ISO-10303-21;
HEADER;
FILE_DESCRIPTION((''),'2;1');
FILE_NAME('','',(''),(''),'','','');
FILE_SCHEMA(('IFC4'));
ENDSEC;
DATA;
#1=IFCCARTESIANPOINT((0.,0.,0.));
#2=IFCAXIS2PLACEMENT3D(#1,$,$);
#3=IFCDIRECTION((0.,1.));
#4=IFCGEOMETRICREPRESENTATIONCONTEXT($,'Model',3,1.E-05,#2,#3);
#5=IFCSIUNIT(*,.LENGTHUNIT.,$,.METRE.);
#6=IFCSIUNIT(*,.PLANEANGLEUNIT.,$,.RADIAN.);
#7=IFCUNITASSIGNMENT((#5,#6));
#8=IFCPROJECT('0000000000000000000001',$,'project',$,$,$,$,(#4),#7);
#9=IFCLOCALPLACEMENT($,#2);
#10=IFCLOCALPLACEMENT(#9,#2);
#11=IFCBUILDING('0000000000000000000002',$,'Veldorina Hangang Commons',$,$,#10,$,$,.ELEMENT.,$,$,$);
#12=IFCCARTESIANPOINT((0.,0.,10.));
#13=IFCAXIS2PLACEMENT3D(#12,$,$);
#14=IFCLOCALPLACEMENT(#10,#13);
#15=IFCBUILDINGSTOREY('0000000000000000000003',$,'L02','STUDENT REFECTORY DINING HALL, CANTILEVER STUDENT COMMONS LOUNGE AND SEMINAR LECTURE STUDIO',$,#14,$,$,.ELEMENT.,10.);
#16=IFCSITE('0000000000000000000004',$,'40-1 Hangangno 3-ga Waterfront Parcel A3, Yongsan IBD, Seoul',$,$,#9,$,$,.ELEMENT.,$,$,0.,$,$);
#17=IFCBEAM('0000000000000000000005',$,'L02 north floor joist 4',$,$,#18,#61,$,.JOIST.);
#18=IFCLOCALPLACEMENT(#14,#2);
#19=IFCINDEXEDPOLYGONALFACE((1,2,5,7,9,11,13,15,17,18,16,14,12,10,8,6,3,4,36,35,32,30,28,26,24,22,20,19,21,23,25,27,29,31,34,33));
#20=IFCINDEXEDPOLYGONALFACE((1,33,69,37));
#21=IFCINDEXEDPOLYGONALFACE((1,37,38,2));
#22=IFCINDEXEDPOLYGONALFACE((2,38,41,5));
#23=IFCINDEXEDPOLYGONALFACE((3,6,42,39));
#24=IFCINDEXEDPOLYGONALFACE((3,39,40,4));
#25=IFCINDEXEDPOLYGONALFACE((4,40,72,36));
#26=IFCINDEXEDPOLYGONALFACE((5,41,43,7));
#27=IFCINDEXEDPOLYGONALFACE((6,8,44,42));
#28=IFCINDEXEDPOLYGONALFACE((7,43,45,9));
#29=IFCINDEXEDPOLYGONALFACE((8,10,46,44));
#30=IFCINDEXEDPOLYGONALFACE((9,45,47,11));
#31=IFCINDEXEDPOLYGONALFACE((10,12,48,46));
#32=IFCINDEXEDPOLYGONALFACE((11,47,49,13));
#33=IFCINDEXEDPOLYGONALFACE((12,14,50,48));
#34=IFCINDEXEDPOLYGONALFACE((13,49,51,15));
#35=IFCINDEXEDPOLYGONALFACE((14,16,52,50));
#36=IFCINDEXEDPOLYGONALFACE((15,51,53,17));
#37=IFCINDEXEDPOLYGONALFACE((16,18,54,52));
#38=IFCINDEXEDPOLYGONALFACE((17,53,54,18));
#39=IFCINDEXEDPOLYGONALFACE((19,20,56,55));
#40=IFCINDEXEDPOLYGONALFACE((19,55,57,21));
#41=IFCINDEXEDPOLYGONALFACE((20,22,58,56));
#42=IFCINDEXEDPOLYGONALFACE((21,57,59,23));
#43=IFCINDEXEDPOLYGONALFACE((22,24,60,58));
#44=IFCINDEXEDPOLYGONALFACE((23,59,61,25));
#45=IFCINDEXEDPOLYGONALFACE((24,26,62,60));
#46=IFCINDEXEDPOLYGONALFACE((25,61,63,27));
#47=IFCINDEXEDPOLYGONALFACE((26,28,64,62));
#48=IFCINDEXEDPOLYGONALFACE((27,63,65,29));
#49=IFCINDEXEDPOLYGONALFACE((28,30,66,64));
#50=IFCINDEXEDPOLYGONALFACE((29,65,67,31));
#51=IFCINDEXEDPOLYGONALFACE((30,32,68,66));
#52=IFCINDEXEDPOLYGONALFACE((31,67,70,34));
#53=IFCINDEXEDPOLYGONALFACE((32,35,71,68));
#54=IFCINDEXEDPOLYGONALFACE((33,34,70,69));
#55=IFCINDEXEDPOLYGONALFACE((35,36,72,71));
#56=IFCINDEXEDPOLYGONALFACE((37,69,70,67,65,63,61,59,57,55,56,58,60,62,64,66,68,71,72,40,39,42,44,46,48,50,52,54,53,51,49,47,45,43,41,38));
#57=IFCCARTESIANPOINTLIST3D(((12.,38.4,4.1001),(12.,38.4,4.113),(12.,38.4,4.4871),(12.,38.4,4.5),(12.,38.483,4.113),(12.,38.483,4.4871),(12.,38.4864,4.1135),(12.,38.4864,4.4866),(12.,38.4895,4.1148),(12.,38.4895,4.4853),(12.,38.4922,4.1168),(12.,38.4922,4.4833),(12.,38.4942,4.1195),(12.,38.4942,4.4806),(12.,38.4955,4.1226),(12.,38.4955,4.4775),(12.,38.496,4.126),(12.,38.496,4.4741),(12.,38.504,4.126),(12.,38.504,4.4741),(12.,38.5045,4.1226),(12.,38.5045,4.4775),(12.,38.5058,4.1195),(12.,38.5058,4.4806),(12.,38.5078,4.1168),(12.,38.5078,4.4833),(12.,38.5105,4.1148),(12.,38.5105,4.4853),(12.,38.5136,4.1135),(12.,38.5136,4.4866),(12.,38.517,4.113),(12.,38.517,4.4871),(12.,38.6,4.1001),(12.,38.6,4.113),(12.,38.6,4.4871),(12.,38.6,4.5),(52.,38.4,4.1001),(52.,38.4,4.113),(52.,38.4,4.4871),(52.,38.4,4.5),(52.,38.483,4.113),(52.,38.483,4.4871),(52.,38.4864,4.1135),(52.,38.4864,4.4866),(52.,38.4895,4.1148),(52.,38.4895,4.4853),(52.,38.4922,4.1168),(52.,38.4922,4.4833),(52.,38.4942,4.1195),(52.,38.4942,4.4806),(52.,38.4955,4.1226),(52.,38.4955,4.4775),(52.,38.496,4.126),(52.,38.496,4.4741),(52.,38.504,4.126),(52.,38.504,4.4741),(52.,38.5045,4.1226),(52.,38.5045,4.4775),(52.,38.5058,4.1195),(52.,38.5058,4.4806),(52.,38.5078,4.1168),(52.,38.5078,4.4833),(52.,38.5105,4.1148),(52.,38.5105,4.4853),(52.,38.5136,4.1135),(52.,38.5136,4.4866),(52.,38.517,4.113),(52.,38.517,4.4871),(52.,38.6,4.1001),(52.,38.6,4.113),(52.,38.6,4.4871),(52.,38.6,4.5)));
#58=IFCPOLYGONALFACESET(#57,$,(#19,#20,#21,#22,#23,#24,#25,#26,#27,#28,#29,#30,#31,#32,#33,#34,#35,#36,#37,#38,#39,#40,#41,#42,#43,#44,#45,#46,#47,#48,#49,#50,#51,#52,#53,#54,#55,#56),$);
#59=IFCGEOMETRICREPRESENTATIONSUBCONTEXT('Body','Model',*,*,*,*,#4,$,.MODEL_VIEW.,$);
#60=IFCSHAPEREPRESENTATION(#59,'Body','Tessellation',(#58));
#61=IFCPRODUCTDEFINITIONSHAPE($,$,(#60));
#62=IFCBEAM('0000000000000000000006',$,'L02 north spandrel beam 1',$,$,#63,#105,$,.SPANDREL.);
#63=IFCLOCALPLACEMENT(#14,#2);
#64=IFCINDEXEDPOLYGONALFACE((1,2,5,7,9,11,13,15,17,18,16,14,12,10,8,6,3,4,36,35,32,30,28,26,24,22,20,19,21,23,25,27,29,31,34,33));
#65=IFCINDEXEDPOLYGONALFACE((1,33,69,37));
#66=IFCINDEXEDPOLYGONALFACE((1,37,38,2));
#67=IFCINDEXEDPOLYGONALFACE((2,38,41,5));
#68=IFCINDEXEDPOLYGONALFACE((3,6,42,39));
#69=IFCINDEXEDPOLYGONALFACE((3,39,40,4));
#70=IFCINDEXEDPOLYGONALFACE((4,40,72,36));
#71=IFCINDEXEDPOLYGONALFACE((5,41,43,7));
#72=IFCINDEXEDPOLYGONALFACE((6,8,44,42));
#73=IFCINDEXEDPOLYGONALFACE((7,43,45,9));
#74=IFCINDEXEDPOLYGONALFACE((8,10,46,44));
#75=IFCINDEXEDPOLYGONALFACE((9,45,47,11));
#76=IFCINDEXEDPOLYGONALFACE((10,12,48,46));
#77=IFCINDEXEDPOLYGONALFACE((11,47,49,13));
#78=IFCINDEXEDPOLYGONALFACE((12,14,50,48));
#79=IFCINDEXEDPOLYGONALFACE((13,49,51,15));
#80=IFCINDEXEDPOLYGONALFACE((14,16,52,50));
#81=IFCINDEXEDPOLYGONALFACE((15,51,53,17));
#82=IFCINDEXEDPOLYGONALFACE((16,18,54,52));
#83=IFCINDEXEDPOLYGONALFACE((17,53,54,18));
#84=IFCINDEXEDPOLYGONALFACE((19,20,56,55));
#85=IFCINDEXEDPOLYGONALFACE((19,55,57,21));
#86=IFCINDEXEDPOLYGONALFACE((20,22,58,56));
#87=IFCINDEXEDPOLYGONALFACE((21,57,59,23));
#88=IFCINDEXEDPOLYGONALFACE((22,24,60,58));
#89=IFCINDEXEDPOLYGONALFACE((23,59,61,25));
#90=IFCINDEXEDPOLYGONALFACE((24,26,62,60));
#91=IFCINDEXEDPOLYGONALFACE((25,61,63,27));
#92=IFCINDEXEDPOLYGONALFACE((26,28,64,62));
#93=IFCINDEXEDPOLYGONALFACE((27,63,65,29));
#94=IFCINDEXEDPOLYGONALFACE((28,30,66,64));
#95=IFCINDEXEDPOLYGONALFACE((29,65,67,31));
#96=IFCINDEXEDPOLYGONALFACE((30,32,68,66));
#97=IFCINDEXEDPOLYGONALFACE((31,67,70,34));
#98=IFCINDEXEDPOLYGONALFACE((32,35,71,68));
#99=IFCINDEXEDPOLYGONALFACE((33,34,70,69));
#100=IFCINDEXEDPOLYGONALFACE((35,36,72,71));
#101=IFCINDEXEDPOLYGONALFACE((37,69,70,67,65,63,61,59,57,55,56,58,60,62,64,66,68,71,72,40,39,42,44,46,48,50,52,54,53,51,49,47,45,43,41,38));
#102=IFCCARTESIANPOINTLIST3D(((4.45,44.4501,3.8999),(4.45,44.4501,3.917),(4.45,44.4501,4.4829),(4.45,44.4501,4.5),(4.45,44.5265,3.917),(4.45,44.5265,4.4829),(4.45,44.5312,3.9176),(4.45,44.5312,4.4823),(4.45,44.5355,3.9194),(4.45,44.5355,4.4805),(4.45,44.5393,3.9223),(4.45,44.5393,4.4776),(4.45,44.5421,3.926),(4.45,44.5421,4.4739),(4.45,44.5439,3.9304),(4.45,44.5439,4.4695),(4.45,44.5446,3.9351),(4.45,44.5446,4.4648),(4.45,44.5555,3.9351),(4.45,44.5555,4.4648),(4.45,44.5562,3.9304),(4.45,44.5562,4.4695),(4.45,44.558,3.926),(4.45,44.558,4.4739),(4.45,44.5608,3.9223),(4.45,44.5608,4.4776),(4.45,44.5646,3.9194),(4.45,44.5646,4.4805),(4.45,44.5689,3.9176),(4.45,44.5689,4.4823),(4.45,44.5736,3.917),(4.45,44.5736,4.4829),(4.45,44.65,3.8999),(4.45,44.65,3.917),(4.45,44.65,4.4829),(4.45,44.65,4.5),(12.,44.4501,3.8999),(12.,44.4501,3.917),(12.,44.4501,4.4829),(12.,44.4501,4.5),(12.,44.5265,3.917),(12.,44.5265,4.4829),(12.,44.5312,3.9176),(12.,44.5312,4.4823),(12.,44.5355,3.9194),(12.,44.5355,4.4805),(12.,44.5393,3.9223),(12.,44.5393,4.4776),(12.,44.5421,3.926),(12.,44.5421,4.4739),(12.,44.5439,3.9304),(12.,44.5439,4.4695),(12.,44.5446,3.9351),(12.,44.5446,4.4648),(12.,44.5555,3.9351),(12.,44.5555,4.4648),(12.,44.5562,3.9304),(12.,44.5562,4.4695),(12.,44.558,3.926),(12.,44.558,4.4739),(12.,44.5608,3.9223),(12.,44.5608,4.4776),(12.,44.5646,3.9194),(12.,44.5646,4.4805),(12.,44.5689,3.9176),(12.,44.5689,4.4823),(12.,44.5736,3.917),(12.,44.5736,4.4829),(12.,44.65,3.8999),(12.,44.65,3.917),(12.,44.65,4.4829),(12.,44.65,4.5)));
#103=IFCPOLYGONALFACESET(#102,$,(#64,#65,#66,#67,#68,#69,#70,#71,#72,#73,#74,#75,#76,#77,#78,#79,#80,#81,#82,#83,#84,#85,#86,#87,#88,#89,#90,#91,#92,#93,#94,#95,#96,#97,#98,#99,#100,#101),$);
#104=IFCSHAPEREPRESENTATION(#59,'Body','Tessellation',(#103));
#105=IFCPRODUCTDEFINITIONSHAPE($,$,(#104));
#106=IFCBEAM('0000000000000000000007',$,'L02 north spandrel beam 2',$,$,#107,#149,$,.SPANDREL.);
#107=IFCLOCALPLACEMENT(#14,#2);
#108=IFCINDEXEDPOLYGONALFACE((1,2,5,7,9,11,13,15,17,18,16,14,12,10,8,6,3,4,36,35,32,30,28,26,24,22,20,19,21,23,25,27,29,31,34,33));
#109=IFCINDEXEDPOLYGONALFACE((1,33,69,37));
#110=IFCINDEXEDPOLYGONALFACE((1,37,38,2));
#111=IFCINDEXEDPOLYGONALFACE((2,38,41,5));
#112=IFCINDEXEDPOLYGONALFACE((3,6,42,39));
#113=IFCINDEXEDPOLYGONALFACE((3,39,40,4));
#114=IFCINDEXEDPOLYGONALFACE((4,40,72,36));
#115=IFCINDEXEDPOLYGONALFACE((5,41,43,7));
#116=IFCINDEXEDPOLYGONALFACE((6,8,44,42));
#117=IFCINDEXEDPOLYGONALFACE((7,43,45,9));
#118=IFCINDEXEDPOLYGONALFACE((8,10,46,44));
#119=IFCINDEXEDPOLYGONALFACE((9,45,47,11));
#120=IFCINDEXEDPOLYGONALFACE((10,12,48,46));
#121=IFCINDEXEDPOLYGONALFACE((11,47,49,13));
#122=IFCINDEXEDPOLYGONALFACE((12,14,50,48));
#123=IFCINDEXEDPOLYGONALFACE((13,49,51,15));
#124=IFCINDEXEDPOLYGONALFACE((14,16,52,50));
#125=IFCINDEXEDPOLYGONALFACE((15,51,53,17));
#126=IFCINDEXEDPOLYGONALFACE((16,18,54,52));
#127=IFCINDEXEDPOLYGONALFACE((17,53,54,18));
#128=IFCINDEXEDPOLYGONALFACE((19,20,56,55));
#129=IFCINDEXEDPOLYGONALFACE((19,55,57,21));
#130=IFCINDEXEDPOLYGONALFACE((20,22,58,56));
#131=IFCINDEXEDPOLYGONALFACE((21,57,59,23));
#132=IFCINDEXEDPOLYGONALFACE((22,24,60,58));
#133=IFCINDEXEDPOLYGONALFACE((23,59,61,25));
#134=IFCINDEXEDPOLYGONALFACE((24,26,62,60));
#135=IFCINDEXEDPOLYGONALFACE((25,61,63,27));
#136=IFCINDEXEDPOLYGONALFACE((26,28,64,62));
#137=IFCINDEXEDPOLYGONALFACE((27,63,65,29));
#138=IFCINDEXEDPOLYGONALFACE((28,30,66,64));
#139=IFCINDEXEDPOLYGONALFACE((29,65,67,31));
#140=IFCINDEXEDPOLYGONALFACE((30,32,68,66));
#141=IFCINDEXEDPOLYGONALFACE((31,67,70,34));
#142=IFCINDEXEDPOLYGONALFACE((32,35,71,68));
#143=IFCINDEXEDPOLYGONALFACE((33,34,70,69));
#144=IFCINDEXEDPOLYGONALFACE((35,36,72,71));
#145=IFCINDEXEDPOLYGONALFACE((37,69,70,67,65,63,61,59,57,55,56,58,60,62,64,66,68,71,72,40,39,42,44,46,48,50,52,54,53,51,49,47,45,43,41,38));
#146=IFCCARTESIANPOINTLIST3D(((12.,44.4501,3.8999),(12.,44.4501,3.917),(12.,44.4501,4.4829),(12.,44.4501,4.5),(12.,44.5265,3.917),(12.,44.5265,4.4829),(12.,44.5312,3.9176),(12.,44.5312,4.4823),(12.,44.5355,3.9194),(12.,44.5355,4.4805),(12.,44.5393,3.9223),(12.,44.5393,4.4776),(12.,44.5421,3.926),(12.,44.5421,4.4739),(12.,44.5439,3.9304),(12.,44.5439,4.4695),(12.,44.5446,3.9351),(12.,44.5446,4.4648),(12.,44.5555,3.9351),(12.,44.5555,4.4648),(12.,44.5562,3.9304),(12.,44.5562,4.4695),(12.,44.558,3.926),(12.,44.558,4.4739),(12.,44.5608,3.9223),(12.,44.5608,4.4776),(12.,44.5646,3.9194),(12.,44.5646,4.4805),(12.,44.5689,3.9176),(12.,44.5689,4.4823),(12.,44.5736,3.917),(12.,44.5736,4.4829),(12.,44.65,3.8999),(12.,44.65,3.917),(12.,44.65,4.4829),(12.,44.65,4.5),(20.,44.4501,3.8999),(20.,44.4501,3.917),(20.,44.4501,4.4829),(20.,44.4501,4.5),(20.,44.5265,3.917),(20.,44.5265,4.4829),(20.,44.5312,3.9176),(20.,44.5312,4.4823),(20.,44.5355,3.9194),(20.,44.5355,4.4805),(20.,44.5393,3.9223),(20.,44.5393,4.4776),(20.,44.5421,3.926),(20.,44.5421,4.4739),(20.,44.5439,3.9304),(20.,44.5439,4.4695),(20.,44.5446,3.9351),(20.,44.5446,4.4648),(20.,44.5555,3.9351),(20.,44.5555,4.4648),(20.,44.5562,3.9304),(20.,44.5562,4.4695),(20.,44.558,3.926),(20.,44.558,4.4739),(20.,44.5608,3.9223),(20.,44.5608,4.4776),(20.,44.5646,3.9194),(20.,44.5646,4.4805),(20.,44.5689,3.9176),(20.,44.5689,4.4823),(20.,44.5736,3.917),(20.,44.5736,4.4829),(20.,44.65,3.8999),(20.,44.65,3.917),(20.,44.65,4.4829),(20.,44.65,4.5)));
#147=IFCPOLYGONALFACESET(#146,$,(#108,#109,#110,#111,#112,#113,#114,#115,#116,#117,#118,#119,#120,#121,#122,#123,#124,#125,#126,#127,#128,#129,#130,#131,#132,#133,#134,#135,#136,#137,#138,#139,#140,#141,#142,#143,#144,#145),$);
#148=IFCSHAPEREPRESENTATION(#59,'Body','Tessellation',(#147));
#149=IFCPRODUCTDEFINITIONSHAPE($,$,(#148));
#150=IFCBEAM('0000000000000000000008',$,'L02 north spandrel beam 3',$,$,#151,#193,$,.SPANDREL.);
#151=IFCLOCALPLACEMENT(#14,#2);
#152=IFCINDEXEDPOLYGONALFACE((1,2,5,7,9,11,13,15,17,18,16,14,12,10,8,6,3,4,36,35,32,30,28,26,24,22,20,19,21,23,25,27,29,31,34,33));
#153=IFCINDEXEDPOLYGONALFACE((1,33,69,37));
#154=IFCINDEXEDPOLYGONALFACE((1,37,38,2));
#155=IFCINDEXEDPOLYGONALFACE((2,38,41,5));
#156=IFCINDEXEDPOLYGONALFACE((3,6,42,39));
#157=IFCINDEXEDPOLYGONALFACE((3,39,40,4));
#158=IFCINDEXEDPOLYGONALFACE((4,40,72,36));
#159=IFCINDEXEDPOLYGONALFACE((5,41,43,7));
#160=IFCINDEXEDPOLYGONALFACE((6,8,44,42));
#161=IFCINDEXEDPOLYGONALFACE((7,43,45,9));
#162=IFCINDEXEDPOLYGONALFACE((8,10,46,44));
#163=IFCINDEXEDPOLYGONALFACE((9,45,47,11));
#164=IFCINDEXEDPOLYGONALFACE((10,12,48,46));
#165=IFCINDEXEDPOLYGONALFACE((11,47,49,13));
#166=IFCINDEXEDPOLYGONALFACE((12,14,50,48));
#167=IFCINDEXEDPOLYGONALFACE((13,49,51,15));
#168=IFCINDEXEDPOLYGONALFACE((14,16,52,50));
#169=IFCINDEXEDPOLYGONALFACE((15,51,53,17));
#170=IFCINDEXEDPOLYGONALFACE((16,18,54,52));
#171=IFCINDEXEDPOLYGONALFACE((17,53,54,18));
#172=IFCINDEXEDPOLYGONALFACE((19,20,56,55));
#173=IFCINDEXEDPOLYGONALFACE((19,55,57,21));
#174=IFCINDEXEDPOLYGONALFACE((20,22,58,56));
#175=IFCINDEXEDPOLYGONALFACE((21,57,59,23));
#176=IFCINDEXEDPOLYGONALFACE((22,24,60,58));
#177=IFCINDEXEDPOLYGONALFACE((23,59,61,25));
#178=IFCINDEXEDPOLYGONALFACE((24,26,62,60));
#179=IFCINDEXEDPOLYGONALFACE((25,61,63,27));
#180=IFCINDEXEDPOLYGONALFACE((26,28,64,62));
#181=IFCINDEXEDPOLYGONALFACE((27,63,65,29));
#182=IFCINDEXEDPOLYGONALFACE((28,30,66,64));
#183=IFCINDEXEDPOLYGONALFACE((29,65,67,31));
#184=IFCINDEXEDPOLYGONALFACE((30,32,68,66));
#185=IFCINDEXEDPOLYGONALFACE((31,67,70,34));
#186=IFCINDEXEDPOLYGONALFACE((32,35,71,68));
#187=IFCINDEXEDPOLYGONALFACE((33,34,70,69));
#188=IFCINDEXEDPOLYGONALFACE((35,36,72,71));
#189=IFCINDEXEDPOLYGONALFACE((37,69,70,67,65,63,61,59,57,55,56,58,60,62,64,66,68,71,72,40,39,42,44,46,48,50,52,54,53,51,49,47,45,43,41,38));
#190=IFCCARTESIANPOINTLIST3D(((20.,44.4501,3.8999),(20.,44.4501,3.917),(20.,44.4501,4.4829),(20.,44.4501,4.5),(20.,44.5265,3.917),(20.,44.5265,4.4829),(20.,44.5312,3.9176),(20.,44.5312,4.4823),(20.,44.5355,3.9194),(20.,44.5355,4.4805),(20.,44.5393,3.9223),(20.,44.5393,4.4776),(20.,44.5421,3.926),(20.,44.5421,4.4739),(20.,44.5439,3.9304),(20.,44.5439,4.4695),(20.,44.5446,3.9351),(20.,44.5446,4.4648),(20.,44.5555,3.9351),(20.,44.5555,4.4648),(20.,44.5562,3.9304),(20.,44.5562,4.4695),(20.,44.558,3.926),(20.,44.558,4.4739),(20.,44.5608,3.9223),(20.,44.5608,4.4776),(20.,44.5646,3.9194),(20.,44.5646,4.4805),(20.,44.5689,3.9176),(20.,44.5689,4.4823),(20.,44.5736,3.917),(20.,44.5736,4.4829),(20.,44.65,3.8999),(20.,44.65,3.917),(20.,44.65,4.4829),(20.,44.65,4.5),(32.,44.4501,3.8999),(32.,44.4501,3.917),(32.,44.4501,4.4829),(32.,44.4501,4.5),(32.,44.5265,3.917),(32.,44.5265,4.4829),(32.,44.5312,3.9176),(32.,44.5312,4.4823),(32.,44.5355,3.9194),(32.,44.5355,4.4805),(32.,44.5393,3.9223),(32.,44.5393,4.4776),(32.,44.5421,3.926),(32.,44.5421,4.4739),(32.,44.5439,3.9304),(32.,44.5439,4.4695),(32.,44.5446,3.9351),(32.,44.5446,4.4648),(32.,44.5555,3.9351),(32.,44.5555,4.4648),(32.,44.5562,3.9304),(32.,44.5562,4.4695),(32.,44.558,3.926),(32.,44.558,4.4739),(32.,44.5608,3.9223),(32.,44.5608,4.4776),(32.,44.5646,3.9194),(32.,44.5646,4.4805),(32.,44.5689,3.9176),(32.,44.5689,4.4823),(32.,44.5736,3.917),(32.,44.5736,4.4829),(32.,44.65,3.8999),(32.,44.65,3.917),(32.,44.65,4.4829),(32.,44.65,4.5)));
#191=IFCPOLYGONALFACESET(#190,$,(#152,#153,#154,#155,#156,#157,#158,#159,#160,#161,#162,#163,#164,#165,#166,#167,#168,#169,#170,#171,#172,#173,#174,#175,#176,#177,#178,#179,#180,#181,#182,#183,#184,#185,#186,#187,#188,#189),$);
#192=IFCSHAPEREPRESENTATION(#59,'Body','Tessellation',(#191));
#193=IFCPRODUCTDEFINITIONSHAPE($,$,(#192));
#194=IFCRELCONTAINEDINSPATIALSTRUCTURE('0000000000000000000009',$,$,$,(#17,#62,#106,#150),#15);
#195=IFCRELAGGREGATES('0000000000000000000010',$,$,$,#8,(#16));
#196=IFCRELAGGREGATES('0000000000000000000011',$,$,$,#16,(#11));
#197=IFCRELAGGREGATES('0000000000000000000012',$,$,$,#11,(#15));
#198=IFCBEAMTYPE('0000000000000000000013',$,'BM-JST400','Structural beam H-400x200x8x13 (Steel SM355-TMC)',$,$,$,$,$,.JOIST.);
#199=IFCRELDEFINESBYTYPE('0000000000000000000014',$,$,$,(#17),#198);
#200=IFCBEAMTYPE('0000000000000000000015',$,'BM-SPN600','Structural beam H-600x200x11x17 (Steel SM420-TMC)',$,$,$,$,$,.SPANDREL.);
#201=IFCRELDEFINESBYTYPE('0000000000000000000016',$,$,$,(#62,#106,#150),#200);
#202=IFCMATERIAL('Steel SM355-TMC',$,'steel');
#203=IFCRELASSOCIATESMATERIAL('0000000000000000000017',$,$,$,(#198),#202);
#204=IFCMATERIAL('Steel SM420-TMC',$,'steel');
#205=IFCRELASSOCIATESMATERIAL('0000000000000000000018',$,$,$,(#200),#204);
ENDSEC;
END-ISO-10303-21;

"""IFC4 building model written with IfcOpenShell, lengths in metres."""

from ifc_helpers import new_model, si_unit, direction, frame, origin, origin_2d, place, context, subcontext, project, spatial, i_section, extrude, material, material_profile, profile_set, type_object, element, save


model = new_model("IFC4")

# Units and contexts
model_context = context("Model", 3, precision=1e-05, world=origin(), true_north=direction((0.0, 1.0)))
body_context = subcontext(model_context, "Body", "Model", "MODEL_VIEW")
ifc_project = project(units=[si_unit("LENGTHUNIT", "METRE"), si_unit("PLANEANGLEUNIT", "RADIAN")], contexts=[model_context])

# Site, building, storey
site_placement = place(None, origin())
site = spatial("IfcSite", under=ifc_project, at=site_placement, Name="40-1 Hangangno 3-ga Waterfront Parcel A3, Yongsan IBD, Seoul", CompositionType="ELEMENT", RefElevation=0.0)
building_placement = place(site_placement, origin())
building = spatial("IfcBuilding", under=site, at=building_placement, Name="Veldorina Hangang Commons", CompositionType="ELEMENT")
storey_placement = place(building_placement, frame((0.0, 0.0, 10.0)))
storey = spatial("IfcBuildingStorey", under=building, at=storey_placement, Name="L02", Description="STUDENT REFECTORY DINING HALL, CANTILEVER STUDENT COMMONS LOUNGE AND SEMINAR LECTURE STUDIO", CompositionType="ELEMENT", Elevation=10.0)

# Shared definitions
ifc_material_1 = material(Name="Steel SM420-TMC", Category="steel")
ifc_material_2 = material(Name="Steel SM355-TMC", Category="steel")

# Beams
ifc_material_profile_1 = material_profile(ifc_material_2, i_section(OverallWidth=0.2, OverallDepth=0.3999, WebThickness=0.0081, FlangeThickness=0.0129, FilletRadius=0.0129, at=origin_2d()), Name="H-400x200x8x13")
ifc_profile_set_1 = profile_set([ifc_material_profile_1], Name="Steel SM355-TMC")
beam_type_1 = type_object("IfcBeamType", Name="BM-JST400", Description="Structural beam H-400x200x8x13 (Steel SM355-TMC)", PredefinedType="JOIST", material=ifc_profile_set_1)
beam_1_placement = place(storey_placement, frame((12.0, 38.5, 4.3), z_axis=(1.0, 0.0, 0.0), x_axis=(0.0, 1.0, 0.0)))
element("IfcBeam", 1, at=beam_1_placement, inside=storey, type_object=beam_type_1, Name="L02 north floor joist 4", PredefinedType="JOIST", context=body_context, shape_type="SweptSolid", body=[
    extrude(i_section(OverallWidth=0.2, OverallDepth=0.3999, WebThickness=0.0081, FlangeThickness=0.0129, FilletRadius=0.0129, at=origin_2d()), origin(), (0.0, 0.0, 1.0), 40.0),
])
ifc_material_profile_2 = material_profile(ifc_material_1, i_section(OverallWidth=0.2, OverallDepth=0.6001, WebThickness=0.011, FlangeThickness=0.0171, FilletRadius=0.0181, at=origin_2d()), Name="H-600x200x11x17")
ifc_profile_set_2 = profile_set([ifc_material_profile_2], Name="Steel SM420-TMC")
beam_type_2 = type_object("IfcBeamType", Name="BM-SPN600", Description="Structural beam H-600x200x11x17 (Steel SM420-TMC)", PredefinedType="SPANDREL", material=ifc_profile_set_2)
beam_2_placement = place(storey_placement, frame((4.45, 44.55, 4.2), z_axis=(1.0, 0.0, 0.0), x_axis=(0.0, 1.0, 0.0)))
element("IfcBeam", 2, at=beam_2_placement, inside=storey, type_object=beam_type_2, Name="L02 north spandrel beam 1", PredefinedType="SPANDREL", context=body_context, shape_type="SweptSolid", body=[
    extrude(i_section(OverallWidth=0.2, OverallDepth=0.6001, WebThickness=0.011, FlangeThickness=0.0171, FilletRadius=0.0181, at=origin_2d()), origin(), (0.0, 0.0, 1.0), 7.55),
])
beam_3_placement = place(storey_placement, frame((12.0, 44.55, 4.2), z_axis=(1.0, 0.0, 0.0), x_axis=(0.0, 1.0, 0.0)))
element("IfcBeam", 3, at=beam_3_placement, inside=storey, type_object=beam_type_2, Name="L02 north spandrel beam 2", PredefinedType="SPANDREL", context=body_context, shape_type="SweptSolid", body=[
    extrude(i_section(OverallWidth=0.2, OverallDepth=0.6001, WebThickness=0.011, FlangeThickness=0.0171, FilletRadius=0.0181, at=origin_2d()), origin(), (0.0, 0.0, 1.0), 8.0),
])
beam_4_placement = place(storey_placement, frame((20.0, 44.55, 4.2), z_axis=(1.0, 0.0, 0.0), x_axis=(0.0, 1.0, 0.0)))
element("IfcBeam", 4, at=beam_4_placement, inside=storey, type_object=beam_type_2, Name="L02 north spandrel beam 3", PredefinedType="SPANDREL", context=body_context, shape_type="SweptSolid", body=[
    extrude(i_section(OverallWidth=0.2, OverallDepth=0.6001, WebThickness=0.011, FlangeThickness=0.0171, FilletRadius=0.0181, at=origin_2d()), origin(), (0.0, 0.0, 1.0), 12.0),
])

save(model, "model.ifc")
